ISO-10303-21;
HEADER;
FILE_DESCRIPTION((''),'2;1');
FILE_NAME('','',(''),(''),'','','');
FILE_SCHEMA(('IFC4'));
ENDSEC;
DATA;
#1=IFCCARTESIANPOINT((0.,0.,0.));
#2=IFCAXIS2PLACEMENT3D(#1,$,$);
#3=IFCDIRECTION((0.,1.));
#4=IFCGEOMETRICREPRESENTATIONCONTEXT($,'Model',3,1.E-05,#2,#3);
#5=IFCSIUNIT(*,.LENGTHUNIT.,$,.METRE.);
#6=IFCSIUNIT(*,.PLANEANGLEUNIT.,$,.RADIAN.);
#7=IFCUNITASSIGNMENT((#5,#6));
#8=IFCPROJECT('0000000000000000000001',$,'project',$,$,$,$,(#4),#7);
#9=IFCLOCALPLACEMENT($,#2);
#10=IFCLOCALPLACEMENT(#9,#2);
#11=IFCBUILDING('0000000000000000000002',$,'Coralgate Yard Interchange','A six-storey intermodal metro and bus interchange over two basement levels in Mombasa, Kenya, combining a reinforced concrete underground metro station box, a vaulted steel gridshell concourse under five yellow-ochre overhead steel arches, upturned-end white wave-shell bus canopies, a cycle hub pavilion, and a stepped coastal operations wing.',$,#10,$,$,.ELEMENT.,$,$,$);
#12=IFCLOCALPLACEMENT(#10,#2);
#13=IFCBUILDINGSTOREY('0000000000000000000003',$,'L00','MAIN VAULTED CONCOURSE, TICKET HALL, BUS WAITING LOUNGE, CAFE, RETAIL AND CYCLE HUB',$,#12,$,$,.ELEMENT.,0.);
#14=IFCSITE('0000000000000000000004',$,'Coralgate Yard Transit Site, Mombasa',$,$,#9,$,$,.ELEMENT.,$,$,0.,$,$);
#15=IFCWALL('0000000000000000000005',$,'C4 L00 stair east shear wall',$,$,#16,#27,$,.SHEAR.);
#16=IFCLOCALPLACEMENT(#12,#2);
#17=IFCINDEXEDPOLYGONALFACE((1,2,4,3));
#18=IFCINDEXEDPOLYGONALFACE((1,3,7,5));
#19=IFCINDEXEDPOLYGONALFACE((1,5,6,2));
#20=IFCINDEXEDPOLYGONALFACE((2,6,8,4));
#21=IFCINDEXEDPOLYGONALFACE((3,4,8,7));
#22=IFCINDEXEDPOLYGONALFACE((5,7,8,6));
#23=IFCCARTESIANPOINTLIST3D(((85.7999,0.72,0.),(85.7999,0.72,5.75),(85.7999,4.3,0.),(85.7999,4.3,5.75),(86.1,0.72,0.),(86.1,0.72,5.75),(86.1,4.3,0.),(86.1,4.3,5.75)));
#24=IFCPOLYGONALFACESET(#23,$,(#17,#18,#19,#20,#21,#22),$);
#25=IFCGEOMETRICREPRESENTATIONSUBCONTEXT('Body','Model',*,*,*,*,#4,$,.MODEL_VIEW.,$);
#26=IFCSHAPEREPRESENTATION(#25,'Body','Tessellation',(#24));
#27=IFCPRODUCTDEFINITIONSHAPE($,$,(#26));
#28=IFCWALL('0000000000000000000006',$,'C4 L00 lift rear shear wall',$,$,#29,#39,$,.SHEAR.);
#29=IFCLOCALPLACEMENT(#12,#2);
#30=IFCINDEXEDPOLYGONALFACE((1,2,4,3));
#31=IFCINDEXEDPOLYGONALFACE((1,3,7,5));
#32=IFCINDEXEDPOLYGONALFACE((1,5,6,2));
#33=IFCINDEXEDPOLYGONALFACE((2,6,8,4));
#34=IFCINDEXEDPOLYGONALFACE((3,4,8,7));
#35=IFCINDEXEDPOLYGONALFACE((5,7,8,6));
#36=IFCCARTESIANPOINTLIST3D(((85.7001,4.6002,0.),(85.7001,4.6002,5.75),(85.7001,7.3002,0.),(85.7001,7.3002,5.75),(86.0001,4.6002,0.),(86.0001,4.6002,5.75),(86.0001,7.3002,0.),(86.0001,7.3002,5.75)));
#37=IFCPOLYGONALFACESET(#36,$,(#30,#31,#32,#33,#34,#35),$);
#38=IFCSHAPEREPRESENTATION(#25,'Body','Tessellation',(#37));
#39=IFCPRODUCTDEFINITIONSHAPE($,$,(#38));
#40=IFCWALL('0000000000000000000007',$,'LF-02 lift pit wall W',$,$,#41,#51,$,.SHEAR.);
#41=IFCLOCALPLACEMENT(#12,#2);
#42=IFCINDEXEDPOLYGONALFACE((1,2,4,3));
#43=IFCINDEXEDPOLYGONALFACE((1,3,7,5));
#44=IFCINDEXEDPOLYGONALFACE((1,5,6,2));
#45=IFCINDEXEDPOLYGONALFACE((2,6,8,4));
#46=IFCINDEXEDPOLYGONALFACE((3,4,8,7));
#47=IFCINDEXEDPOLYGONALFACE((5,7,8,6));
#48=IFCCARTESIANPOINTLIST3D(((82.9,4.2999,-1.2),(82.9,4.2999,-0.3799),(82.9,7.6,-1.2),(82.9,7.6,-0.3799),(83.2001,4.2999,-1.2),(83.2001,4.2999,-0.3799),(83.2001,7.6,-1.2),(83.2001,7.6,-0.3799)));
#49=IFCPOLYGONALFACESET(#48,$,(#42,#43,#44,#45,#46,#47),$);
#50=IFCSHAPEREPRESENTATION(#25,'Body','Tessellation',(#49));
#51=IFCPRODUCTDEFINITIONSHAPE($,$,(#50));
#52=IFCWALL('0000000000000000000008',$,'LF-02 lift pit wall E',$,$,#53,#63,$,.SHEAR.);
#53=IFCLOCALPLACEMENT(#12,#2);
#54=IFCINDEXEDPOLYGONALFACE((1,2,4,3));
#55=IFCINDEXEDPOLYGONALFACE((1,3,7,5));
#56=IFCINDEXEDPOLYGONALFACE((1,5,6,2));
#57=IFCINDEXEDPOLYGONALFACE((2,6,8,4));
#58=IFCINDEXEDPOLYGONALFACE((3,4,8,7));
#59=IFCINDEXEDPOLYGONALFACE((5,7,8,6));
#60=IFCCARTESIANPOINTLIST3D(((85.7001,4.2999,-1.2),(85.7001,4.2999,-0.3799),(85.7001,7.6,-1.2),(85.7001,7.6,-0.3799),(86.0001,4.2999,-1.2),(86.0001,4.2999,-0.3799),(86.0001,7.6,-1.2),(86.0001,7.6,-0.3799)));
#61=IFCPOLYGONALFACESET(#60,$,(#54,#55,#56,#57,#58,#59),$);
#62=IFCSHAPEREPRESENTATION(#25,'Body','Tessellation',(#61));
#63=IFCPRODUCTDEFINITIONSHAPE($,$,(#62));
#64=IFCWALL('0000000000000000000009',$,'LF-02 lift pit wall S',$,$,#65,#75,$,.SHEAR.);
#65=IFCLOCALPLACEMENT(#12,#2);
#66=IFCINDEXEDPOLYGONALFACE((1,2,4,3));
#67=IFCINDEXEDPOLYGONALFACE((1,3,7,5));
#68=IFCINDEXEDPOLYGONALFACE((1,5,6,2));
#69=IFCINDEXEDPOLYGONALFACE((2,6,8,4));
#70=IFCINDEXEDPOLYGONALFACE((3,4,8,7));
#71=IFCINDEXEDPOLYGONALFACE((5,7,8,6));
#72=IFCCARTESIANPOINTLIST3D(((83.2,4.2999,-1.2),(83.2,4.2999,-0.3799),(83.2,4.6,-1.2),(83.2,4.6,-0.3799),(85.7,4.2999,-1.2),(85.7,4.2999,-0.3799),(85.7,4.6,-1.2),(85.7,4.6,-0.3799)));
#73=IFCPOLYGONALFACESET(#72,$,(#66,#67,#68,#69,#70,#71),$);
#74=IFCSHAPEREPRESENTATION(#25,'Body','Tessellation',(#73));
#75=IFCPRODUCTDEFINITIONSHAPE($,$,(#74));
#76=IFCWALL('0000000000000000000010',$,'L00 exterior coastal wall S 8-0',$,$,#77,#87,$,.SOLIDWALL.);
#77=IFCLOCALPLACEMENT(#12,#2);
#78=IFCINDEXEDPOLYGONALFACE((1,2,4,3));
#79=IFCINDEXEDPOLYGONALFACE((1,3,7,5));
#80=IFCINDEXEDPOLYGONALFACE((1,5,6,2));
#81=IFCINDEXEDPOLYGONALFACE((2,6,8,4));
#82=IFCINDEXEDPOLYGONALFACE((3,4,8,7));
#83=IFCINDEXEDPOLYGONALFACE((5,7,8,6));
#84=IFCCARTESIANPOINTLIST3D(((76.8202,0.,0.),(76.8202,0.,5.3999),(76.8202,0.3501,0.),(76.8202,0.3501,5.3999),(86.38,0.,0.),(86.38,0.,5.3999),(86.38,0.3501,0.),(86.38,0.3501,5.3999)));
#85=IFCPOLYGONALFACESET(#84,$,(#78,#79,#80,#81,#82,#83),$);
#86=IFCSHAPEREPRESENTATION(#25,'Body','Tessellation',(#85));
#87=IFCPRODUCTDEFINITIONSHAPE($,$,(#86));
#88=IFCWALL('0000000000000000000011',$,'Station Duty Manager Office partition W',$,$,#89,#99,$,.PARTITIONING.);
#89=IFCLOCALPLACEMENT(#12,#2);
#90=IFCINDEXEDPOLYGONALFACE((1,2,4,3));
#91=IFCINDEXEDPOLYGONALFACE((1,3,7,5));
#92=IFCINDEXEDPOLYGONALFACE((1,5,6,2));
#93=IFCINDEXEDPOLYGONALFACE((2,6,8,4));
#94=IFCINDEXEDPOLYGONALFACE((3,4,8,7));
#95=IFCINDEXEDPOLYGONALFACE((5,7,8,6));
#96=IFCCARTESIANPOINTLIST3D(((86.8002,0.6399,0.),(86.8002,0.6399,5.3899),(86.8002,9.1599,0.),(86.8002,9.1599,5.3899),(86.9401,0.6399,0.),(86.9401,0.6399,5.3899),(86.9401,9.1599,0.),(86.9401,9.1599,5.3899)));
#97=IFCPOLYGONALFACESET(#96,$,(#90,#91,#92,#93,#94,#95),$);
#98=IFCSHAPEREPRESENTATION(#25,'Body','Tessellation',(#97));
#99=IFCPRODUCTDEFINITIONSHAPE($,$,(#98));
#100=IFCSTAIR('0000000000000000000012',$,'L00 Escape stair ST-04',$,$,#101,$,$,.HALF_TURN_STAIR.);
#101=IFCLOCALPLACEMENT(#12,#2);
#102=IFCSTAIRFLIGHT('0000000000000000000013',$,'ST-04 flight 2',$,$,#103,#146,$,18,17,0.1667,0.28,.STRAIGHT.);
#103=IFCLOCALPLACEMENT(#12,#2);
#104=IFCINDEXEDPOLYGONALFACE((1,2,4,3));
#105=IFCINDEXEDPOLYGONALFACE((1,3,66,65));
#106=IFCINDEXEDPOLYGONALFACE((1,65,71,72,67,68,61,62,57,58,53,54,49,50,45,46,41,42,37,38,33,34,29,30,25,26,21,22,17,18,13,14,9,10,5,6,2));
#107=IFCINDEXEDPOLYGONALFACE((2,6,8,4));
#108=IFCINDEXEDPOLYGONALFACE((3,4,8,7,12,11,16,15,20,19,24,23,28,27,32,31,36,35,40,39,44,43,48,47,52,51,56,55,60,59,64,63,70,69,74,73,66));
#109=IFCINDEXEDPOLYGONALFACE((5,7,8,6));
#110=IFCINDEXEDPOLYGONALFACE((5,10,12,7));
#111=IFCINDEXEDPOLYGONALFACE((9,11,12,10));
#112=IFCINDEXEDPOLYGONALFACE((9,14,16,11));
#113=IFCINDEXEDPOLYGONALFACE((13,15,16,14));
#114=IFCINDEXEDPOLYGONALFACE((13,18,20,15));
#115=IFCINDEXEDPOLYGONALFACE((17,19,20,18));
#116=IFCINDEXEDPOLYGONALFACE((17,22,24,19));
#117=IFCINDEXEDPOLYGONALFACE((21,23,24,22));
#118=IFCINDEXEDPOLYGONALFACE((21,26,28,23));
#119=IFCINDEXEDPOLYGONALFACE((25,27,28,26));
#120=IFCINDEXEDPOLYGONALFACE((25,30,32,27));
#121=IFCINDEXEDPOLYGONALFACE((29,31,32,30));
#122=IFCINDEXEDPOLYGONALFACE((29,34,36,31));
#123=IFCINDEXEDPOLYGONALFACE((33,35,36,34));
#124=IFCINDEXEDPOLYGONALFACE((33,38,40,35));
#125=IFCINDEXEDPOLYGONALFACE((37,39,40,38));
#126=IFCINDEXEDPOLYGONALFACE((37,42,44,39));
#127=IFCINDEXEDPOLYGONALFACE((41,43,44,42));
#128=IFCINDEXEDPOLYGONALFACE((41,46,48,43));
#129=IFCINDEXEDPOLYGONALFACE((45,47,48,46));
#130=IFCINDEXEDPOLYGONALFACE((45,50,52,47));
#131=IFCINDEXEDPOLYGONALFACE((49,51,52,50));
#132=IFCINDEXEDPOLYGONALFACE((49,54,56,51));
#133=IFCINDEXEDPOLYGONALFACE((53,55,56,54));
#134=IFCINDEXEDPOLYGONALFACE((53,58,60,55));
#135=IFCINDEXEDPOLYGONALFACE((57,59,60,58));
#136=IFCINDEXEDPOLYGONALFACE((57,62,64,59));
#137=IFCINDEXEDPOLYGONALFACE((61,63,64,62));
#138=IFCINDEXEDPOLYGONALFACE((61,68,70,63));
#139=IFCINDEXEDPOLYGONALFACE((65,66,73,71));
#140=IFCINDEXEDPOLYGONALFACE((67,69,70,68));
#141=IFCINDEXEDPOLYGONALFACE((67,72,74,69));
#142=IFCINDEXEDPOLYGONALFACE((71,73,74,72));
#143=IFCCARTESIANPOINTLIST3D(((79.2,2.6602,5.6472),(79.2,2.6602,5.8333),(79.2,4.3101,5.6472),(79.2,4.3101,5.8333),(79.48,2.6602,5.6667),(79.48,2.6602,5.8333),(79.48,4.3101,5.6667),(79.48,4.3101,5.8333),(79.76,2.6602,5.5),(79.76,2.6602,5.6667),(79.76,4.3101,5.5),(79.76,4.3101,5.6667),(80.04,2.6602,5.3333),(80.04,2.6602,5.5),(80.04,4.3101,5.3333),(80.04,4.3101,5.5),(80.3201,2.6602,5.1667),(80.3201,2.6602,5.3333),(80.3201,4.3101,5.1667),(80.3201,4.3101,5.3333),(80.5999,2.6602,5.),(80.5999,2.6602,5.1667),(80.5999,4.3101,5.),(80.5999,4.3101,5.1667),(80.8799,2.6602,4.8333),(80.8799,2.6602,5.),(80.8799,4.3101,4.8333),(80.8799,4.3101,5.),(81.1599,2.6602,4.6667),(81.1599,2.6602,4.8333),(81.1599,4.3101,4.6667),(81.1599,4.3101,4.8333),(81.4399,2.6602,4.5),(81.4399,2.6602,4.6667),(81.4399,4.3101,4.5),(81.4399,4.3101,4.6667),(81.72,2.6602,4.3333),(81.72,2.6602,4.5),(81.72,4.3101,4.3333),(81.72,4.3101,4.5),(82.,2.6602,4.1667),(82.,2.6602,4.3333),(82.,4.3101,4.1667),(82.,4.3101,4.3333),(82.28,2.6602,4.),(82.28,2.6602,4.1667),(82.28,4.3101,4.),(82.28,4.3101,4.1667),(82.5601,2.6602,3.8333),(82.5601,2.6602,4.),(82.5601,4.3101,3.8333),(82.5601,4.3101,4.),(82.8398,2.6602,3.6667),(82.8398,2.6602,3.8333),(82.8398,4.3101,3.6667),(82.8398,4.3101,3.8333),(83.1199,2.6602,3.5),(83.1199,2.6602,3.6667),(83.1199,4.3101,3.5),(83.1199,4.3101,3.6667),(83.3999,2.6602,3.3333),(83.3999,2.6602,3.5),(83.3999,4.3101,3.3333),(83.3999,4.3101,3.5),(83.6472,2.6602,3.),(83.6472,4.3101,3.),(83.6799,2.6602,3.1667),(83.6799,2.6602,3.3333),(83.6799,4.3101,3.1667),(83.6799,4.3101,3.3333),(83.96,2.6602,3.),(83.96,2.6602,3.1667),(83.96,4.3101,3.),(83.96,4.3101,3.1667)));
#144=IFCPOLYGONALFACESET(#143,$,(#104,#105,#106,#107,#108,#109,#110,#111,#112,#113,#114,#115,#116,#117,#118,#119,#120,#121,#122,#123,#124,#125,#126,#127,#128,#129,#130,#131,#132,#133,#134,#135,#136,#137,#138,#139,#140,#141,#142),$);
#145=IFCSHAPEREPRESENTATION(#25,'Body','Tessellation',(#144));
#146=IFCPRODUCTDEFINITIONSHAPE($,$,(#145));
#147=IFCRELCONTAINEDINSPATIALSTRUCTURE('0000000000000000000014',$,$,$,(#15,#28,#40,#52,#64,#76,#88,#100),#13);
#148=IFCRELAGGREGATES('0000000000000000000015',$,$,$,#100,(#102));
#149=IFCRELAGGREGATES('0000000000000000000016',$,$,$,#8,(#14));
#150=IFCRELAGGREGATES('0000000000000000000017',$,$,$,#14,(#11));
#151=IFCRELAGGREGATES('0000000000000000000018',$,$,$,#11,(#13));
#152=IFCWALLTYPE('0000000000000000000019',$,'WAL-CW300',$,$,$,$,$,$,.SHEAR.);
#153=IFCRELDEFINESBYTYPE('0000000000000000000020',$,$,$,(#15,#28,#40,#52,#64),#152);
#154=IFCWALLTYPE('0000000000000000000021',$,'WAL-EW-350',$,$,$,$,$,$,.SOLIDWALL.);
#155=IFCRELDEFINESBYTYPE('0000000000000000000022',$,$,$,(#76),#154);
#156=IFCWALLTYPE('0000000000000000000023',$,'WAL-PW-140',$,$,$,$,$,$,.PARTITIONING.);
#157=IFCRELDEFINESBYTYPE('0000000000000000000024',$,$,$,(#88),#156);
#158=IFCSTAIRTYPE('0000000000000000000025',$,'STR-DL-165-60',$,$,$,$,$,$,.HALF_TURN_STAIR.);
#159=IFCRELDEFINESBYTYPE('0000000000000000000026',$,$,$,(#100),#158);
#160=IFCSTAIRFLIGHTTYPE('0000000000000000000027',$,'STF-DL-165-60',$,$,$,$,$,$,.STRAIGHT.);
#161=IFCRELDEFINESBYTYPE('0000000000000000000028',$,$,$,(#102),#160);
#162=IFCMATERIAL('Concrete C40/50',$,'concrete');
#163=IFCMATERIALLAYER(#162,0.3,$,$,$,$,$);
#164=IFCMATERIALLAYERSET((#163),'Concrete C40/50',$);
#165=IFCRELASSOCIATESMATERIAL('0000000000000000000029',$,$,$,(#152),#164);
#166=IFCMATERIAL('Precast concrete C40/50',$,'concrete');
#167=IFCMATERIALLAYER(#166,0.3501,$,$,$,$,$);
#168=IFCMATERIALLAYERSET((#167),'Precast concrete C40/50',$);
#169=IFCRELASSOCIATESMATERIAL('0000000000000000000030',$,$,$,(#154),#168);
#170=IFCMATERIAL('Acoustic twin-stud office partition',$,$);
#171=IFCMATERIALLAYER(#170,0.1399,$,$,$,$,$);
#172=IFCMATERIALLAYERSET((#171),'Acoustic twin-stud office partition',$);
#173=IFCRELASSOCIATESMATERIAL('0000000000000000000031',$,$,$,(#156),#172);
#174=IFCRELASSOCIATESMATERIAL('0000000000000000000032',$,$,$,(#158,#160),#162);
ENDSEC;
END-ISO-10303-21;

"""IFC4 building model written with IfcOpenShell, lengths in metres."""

from ifc_helpers import new_model, si_unit, direction, frame, frame_2d, origin, place, context, subcontext, project, spatial, polyline, rectangle, outline, extrude, material, layer, layer_set, type_object, element, aggregate, save


model = new_model("IFC4")

# Units and contexts
model_context = context("Model", 3, precision=1e-05, world=origin(), true_north=direction((0.0, 1.0)))
body_context = subcontext(model_context, "Body", "Model", "MODEL_VIEW")
ifc_project = project(units=[si_unit("LENGTHUNIT", "METRE"), si_unit("PLANEANGLEUNIT", "RADIAN")], contexts=[model_context])

# Site, building, storey
site_placement = place(None, origin())
site = spatial("IfcSite", under=ifc_project, at=site_placement, Name="Coralgate Yard Transit Site, Mombasa", CompositionType="ELEMENT", RefElevation=0.0)
building_placement = place(site_placement, origin())
building = spatial("IfcBuilding", under=site, at=building_placement, Name="Coralgate Yard Interchange", Description="A six-storey intermodal metro and bus interchange over two basement levels in Mombasa, Kenya, combining a reinforced concrete underground metro station box, a vaulted steel gridshell concourse under five yellow-ochre overhead steel arches, upturned-end white wave-shell bus canopies, a cycle hub pavilion, and a stepped coastal operations wing.", CompositionType="ELEMENT")
storey_placement = place(building_placement, origin())
storey = spatial("IfcBuildingStorey", under=building, at=storey_placement, Name="L00", Description="MAIN VAULTED CONCOURSE, TICKET HALL, BUS WAITING LOUNGE, CAFE, RETAIL AND CYCLE HUB", CompositionType="ELEMENT", Elevation=0.0)

# Shared definitions
ifc_material_1 = material(Name="Concrete C40/50", Category="concrete")

# Shared definitions
ifc_layer_1 = layer(ifc_material_1, 0.3)
ifc_layer_set_1 = layer_set([ifc_layer_1], Name="Concrete C40/50")
wall_type_1 = type_object("IfcWallType", Name="WAL-CW300", PredefinedType="SHEAR", material=ifc_layer_set_1)

# Walls
wall_1_placement = place(storey_placement, frame((85.95, 4.3, 0.0), z_axis=(0.0, 0.0, 1.0), x_axis=(0.0, -1.0, 0.0)))
element("IfcWall", 1, at=wall_1_placement, inside=storey, type_object=wall_type_1, Name="C4 L00 stair east shear wall", PredefinedType="SHEAR", context=body_context, shape_type="SweptSolid", body=[
    extrude(rectangle(XDim=3.5801, YDim=0.3, at=frame_2d((1.79, 0.0))), origin(), (0.0, 0.0, 1.0), 5.75),
])
wall_2_placement = place(storey_placement, frame((85.8501, 4.6001, 0.0), z_axis=(0.0, 0.0, 1.0), x_axis=(0.0, 1.0, 0.0)))
element("IfcWall", 2, at=wall_2_placement, inside=storey, type_object=wall_type_1, Name="C4 L00 lift rear shear wall", PredefinedType="SHEAR", context=body_context, shape_type="SweptSolid", body=[
    extrude(rectangle(XDim=2.7, YDim=0.3, at=frame_2d((1.3501, 0.0))), origin(), (0.0, 0.0, 1.0), 5.75),
])
for number, where, z_axis, x_axis, name in (
    (3, (83.05, 4.3, -1.2), (0.0, 0.0, 1.0), (0.0, 1.0, 0.0), "LF-02 lift pit wall W"),
    (4, (85.8501, 4.3, -1.2), (0.0, 0.0, 1.0), (0.0, 1.0, 0.0), "LF-02 lift pit wall E"),
):
    element("IfcWall", number, at=place(storey_placement, frame(where, z_axis=z_axis, x_axis=x_axis)), inside=storey, type_object=wall_type_1, Name=name, PredefinedType="SHEAR", context=body_context, shape_type="SweptSolid", body=[
        extrude(rectangle(XDim=3.3, YDim=0.3, at=frame_2d((1.6499, 0.0))), origin(), (0.0, 0.0, 1.0), 0.8201),
    ])
wall_3_placement = place(storey_placement, frame((83.2, 4.45, -1.2), z_axis=(0.0, 0.0, 1.0), x_axis=(1.0, 0.0, 0.0)))
element("IfcWall", 5, at=wall_3_placement, inside=storey, type_object=wall_type_1, Name="LF-02 lift pit wall S", PredefinedType="SHEAR", context=body_context, shape_type="SweptSolid", body=[
    extrude(rectangle(XDim=2.5, YDim=0.3, at=frame_2d((1.25, 0.0))), origin(), (0.0, 0.0, 1.0), 0.8201),
])
ifc_material_2 = material(Name="Precast concrete C40/50", Category="concrete")
ifc_layer_2 = layer(ifc_material_2, 0.3501)
ifc_layer_set_2 = layer_set([ifc_layer_2], Name="Precast concrete C40/50")
wall_type_2 = type_object("IfcWallType", Name="WAL-EW-350", PredefinedType="SOLIDWALL", material=ifc_layer_set_2)
wall_4_placement = place(storey_placement, frame((86.3799, 0.175, 0.0), z_axis=(0.0, 0.0, 1.0), x_axis=(-1.0, 0.0, 0.0)))
element("IfcWall", 6, at=wall_4_placement, inside=storey, type_object=wall_type_2, Name="L00 exterior coastal wall S 8-0", PredefinedType="SOLIDWALL", context=body_context, shape_type="SweptSolid", body=[
    extrude(rectangle(XDim=9.5598, YDim=0.3501, at=frame_2d((4.7798, 0.0))), origin(), (0.0, 0.0, 1.0), 5.3999),
])
ifc_material_3 = material(Name="Acoustic twin-stud office partition")
ifc_layer_3 = layer(ifc_material_3, 0.1399)
ifc_layer_set_3 = layer_set([ifc_layer_3], Name="Acoustic twin-stud office partition")
wall_type_3 = type_object("IfcWallType", Name="WAL-PW-140", PredefinedType="PARTITIONING", material=ifc_layer_set_3)
wall_5_placement = place(storey_placement, frame((86.8701, 0.6399, 0.0), z_axis=(0.0, 0.0, 1.0), x_axis=(0.0, 1.0, 0.0)))
element("IfcWall", 7, at=wall_5_placement, inside=storey, type_object=wall_type_3, Name="Station Duty Manager Office partition W", PredefinedType="PARTITIONING", context=body_context, shape_type="SweptSolid", body=[
    extrude(rectangle(XDim=8.52, YDim=0.1399, at=frame_2d((4.26, 0.0))), origin(), (0.0, 0.0, 1.0), 5.3899),
])

# Stair, stair flight
stair_type = type_object("IfcStairType", Name="STR-DL-165-60", PredefinedType="HALF_TURN_STAIR", material=ifc_material_1)
stair_placement = place(storey_placement, origin())
stair = element("IfcStair", 8, at=stair_placement, inside=storey, type_object=stair_type, Name="L00 Escape stair ST-04", PredefinedType="HALF_TURN_STAIR")
stair_flight_type = type_object("IfcStairFlightType", Name="STF-DL-165-60", PredefinedType="STRAIGHT", material=ifc_material_1)
stair_flight_placement = place(storey_placement, frame((83.96, 3.4851, 3.0), z_axis=(0.0, 0.0, 1.0), x_axis=(-1.0, 0.0, 0.0)))
stair_flight = element("IfcStairFlight", 9, at=stair_flight_placement, type_object=stair_flight_type, Name="ST-04 flight 2", NumberOfRisers=18, NumberOfTreads=17, PredefinedType="STRAIGHT", RiserHeight=0.1667, TreadLength=0.28, context=body_context, shape_type="SweptSolid", body=[
    extrude(outline(polyline([(0.0, 0.0), (0.0, 0.1667), (0.28, 0.1667), (0.28, 0.3333), (0.5601, 0.3333), (0.5601, 0.5), (0.8401, 0.5), (0.8401, 0.6667), (1.1201, 0.6667), (1.1201, 0.8333), (1.3999, 0.8333), (1.3999, 1.0), (1.6799, 1.0), (1.6799, 1.1667), (1.96, 1.1667), (1.96, 1.3333), (2.24, 1.3333), (2.24, 1.5), (2.52, 1.5), (2.52, 1.6667), (2.8, 1.6667), (2.8, 1.8333), (3.0801, 1.8333), (3.0801, 2.0), (3.3601, 2.0), (3.3601, 2.1667), (3.6399, 2.1667), (3.6399, 2.3333), (3.9199, 2.3333), (3.9199, 2.5), (4.2, 2.5), (4.2, 2.6667), (4.48, 2.6667), (4.48, 2.8333), (4.76, 2.8333), (4.76, 3.0), (4.76, 2.6472), (0.3127, 0.0), (0.0, 0.0)])), frame((0.0, 0.825, 0.0), z_axis=(0.0, -1.0, 0.0), x_axis=(1.0, 0.0, 0.0)), (0.0, 0.0, 1.0), 1.6499),
])
aggregate(stair, [stair_flight])

save(model, "model.ifc")
